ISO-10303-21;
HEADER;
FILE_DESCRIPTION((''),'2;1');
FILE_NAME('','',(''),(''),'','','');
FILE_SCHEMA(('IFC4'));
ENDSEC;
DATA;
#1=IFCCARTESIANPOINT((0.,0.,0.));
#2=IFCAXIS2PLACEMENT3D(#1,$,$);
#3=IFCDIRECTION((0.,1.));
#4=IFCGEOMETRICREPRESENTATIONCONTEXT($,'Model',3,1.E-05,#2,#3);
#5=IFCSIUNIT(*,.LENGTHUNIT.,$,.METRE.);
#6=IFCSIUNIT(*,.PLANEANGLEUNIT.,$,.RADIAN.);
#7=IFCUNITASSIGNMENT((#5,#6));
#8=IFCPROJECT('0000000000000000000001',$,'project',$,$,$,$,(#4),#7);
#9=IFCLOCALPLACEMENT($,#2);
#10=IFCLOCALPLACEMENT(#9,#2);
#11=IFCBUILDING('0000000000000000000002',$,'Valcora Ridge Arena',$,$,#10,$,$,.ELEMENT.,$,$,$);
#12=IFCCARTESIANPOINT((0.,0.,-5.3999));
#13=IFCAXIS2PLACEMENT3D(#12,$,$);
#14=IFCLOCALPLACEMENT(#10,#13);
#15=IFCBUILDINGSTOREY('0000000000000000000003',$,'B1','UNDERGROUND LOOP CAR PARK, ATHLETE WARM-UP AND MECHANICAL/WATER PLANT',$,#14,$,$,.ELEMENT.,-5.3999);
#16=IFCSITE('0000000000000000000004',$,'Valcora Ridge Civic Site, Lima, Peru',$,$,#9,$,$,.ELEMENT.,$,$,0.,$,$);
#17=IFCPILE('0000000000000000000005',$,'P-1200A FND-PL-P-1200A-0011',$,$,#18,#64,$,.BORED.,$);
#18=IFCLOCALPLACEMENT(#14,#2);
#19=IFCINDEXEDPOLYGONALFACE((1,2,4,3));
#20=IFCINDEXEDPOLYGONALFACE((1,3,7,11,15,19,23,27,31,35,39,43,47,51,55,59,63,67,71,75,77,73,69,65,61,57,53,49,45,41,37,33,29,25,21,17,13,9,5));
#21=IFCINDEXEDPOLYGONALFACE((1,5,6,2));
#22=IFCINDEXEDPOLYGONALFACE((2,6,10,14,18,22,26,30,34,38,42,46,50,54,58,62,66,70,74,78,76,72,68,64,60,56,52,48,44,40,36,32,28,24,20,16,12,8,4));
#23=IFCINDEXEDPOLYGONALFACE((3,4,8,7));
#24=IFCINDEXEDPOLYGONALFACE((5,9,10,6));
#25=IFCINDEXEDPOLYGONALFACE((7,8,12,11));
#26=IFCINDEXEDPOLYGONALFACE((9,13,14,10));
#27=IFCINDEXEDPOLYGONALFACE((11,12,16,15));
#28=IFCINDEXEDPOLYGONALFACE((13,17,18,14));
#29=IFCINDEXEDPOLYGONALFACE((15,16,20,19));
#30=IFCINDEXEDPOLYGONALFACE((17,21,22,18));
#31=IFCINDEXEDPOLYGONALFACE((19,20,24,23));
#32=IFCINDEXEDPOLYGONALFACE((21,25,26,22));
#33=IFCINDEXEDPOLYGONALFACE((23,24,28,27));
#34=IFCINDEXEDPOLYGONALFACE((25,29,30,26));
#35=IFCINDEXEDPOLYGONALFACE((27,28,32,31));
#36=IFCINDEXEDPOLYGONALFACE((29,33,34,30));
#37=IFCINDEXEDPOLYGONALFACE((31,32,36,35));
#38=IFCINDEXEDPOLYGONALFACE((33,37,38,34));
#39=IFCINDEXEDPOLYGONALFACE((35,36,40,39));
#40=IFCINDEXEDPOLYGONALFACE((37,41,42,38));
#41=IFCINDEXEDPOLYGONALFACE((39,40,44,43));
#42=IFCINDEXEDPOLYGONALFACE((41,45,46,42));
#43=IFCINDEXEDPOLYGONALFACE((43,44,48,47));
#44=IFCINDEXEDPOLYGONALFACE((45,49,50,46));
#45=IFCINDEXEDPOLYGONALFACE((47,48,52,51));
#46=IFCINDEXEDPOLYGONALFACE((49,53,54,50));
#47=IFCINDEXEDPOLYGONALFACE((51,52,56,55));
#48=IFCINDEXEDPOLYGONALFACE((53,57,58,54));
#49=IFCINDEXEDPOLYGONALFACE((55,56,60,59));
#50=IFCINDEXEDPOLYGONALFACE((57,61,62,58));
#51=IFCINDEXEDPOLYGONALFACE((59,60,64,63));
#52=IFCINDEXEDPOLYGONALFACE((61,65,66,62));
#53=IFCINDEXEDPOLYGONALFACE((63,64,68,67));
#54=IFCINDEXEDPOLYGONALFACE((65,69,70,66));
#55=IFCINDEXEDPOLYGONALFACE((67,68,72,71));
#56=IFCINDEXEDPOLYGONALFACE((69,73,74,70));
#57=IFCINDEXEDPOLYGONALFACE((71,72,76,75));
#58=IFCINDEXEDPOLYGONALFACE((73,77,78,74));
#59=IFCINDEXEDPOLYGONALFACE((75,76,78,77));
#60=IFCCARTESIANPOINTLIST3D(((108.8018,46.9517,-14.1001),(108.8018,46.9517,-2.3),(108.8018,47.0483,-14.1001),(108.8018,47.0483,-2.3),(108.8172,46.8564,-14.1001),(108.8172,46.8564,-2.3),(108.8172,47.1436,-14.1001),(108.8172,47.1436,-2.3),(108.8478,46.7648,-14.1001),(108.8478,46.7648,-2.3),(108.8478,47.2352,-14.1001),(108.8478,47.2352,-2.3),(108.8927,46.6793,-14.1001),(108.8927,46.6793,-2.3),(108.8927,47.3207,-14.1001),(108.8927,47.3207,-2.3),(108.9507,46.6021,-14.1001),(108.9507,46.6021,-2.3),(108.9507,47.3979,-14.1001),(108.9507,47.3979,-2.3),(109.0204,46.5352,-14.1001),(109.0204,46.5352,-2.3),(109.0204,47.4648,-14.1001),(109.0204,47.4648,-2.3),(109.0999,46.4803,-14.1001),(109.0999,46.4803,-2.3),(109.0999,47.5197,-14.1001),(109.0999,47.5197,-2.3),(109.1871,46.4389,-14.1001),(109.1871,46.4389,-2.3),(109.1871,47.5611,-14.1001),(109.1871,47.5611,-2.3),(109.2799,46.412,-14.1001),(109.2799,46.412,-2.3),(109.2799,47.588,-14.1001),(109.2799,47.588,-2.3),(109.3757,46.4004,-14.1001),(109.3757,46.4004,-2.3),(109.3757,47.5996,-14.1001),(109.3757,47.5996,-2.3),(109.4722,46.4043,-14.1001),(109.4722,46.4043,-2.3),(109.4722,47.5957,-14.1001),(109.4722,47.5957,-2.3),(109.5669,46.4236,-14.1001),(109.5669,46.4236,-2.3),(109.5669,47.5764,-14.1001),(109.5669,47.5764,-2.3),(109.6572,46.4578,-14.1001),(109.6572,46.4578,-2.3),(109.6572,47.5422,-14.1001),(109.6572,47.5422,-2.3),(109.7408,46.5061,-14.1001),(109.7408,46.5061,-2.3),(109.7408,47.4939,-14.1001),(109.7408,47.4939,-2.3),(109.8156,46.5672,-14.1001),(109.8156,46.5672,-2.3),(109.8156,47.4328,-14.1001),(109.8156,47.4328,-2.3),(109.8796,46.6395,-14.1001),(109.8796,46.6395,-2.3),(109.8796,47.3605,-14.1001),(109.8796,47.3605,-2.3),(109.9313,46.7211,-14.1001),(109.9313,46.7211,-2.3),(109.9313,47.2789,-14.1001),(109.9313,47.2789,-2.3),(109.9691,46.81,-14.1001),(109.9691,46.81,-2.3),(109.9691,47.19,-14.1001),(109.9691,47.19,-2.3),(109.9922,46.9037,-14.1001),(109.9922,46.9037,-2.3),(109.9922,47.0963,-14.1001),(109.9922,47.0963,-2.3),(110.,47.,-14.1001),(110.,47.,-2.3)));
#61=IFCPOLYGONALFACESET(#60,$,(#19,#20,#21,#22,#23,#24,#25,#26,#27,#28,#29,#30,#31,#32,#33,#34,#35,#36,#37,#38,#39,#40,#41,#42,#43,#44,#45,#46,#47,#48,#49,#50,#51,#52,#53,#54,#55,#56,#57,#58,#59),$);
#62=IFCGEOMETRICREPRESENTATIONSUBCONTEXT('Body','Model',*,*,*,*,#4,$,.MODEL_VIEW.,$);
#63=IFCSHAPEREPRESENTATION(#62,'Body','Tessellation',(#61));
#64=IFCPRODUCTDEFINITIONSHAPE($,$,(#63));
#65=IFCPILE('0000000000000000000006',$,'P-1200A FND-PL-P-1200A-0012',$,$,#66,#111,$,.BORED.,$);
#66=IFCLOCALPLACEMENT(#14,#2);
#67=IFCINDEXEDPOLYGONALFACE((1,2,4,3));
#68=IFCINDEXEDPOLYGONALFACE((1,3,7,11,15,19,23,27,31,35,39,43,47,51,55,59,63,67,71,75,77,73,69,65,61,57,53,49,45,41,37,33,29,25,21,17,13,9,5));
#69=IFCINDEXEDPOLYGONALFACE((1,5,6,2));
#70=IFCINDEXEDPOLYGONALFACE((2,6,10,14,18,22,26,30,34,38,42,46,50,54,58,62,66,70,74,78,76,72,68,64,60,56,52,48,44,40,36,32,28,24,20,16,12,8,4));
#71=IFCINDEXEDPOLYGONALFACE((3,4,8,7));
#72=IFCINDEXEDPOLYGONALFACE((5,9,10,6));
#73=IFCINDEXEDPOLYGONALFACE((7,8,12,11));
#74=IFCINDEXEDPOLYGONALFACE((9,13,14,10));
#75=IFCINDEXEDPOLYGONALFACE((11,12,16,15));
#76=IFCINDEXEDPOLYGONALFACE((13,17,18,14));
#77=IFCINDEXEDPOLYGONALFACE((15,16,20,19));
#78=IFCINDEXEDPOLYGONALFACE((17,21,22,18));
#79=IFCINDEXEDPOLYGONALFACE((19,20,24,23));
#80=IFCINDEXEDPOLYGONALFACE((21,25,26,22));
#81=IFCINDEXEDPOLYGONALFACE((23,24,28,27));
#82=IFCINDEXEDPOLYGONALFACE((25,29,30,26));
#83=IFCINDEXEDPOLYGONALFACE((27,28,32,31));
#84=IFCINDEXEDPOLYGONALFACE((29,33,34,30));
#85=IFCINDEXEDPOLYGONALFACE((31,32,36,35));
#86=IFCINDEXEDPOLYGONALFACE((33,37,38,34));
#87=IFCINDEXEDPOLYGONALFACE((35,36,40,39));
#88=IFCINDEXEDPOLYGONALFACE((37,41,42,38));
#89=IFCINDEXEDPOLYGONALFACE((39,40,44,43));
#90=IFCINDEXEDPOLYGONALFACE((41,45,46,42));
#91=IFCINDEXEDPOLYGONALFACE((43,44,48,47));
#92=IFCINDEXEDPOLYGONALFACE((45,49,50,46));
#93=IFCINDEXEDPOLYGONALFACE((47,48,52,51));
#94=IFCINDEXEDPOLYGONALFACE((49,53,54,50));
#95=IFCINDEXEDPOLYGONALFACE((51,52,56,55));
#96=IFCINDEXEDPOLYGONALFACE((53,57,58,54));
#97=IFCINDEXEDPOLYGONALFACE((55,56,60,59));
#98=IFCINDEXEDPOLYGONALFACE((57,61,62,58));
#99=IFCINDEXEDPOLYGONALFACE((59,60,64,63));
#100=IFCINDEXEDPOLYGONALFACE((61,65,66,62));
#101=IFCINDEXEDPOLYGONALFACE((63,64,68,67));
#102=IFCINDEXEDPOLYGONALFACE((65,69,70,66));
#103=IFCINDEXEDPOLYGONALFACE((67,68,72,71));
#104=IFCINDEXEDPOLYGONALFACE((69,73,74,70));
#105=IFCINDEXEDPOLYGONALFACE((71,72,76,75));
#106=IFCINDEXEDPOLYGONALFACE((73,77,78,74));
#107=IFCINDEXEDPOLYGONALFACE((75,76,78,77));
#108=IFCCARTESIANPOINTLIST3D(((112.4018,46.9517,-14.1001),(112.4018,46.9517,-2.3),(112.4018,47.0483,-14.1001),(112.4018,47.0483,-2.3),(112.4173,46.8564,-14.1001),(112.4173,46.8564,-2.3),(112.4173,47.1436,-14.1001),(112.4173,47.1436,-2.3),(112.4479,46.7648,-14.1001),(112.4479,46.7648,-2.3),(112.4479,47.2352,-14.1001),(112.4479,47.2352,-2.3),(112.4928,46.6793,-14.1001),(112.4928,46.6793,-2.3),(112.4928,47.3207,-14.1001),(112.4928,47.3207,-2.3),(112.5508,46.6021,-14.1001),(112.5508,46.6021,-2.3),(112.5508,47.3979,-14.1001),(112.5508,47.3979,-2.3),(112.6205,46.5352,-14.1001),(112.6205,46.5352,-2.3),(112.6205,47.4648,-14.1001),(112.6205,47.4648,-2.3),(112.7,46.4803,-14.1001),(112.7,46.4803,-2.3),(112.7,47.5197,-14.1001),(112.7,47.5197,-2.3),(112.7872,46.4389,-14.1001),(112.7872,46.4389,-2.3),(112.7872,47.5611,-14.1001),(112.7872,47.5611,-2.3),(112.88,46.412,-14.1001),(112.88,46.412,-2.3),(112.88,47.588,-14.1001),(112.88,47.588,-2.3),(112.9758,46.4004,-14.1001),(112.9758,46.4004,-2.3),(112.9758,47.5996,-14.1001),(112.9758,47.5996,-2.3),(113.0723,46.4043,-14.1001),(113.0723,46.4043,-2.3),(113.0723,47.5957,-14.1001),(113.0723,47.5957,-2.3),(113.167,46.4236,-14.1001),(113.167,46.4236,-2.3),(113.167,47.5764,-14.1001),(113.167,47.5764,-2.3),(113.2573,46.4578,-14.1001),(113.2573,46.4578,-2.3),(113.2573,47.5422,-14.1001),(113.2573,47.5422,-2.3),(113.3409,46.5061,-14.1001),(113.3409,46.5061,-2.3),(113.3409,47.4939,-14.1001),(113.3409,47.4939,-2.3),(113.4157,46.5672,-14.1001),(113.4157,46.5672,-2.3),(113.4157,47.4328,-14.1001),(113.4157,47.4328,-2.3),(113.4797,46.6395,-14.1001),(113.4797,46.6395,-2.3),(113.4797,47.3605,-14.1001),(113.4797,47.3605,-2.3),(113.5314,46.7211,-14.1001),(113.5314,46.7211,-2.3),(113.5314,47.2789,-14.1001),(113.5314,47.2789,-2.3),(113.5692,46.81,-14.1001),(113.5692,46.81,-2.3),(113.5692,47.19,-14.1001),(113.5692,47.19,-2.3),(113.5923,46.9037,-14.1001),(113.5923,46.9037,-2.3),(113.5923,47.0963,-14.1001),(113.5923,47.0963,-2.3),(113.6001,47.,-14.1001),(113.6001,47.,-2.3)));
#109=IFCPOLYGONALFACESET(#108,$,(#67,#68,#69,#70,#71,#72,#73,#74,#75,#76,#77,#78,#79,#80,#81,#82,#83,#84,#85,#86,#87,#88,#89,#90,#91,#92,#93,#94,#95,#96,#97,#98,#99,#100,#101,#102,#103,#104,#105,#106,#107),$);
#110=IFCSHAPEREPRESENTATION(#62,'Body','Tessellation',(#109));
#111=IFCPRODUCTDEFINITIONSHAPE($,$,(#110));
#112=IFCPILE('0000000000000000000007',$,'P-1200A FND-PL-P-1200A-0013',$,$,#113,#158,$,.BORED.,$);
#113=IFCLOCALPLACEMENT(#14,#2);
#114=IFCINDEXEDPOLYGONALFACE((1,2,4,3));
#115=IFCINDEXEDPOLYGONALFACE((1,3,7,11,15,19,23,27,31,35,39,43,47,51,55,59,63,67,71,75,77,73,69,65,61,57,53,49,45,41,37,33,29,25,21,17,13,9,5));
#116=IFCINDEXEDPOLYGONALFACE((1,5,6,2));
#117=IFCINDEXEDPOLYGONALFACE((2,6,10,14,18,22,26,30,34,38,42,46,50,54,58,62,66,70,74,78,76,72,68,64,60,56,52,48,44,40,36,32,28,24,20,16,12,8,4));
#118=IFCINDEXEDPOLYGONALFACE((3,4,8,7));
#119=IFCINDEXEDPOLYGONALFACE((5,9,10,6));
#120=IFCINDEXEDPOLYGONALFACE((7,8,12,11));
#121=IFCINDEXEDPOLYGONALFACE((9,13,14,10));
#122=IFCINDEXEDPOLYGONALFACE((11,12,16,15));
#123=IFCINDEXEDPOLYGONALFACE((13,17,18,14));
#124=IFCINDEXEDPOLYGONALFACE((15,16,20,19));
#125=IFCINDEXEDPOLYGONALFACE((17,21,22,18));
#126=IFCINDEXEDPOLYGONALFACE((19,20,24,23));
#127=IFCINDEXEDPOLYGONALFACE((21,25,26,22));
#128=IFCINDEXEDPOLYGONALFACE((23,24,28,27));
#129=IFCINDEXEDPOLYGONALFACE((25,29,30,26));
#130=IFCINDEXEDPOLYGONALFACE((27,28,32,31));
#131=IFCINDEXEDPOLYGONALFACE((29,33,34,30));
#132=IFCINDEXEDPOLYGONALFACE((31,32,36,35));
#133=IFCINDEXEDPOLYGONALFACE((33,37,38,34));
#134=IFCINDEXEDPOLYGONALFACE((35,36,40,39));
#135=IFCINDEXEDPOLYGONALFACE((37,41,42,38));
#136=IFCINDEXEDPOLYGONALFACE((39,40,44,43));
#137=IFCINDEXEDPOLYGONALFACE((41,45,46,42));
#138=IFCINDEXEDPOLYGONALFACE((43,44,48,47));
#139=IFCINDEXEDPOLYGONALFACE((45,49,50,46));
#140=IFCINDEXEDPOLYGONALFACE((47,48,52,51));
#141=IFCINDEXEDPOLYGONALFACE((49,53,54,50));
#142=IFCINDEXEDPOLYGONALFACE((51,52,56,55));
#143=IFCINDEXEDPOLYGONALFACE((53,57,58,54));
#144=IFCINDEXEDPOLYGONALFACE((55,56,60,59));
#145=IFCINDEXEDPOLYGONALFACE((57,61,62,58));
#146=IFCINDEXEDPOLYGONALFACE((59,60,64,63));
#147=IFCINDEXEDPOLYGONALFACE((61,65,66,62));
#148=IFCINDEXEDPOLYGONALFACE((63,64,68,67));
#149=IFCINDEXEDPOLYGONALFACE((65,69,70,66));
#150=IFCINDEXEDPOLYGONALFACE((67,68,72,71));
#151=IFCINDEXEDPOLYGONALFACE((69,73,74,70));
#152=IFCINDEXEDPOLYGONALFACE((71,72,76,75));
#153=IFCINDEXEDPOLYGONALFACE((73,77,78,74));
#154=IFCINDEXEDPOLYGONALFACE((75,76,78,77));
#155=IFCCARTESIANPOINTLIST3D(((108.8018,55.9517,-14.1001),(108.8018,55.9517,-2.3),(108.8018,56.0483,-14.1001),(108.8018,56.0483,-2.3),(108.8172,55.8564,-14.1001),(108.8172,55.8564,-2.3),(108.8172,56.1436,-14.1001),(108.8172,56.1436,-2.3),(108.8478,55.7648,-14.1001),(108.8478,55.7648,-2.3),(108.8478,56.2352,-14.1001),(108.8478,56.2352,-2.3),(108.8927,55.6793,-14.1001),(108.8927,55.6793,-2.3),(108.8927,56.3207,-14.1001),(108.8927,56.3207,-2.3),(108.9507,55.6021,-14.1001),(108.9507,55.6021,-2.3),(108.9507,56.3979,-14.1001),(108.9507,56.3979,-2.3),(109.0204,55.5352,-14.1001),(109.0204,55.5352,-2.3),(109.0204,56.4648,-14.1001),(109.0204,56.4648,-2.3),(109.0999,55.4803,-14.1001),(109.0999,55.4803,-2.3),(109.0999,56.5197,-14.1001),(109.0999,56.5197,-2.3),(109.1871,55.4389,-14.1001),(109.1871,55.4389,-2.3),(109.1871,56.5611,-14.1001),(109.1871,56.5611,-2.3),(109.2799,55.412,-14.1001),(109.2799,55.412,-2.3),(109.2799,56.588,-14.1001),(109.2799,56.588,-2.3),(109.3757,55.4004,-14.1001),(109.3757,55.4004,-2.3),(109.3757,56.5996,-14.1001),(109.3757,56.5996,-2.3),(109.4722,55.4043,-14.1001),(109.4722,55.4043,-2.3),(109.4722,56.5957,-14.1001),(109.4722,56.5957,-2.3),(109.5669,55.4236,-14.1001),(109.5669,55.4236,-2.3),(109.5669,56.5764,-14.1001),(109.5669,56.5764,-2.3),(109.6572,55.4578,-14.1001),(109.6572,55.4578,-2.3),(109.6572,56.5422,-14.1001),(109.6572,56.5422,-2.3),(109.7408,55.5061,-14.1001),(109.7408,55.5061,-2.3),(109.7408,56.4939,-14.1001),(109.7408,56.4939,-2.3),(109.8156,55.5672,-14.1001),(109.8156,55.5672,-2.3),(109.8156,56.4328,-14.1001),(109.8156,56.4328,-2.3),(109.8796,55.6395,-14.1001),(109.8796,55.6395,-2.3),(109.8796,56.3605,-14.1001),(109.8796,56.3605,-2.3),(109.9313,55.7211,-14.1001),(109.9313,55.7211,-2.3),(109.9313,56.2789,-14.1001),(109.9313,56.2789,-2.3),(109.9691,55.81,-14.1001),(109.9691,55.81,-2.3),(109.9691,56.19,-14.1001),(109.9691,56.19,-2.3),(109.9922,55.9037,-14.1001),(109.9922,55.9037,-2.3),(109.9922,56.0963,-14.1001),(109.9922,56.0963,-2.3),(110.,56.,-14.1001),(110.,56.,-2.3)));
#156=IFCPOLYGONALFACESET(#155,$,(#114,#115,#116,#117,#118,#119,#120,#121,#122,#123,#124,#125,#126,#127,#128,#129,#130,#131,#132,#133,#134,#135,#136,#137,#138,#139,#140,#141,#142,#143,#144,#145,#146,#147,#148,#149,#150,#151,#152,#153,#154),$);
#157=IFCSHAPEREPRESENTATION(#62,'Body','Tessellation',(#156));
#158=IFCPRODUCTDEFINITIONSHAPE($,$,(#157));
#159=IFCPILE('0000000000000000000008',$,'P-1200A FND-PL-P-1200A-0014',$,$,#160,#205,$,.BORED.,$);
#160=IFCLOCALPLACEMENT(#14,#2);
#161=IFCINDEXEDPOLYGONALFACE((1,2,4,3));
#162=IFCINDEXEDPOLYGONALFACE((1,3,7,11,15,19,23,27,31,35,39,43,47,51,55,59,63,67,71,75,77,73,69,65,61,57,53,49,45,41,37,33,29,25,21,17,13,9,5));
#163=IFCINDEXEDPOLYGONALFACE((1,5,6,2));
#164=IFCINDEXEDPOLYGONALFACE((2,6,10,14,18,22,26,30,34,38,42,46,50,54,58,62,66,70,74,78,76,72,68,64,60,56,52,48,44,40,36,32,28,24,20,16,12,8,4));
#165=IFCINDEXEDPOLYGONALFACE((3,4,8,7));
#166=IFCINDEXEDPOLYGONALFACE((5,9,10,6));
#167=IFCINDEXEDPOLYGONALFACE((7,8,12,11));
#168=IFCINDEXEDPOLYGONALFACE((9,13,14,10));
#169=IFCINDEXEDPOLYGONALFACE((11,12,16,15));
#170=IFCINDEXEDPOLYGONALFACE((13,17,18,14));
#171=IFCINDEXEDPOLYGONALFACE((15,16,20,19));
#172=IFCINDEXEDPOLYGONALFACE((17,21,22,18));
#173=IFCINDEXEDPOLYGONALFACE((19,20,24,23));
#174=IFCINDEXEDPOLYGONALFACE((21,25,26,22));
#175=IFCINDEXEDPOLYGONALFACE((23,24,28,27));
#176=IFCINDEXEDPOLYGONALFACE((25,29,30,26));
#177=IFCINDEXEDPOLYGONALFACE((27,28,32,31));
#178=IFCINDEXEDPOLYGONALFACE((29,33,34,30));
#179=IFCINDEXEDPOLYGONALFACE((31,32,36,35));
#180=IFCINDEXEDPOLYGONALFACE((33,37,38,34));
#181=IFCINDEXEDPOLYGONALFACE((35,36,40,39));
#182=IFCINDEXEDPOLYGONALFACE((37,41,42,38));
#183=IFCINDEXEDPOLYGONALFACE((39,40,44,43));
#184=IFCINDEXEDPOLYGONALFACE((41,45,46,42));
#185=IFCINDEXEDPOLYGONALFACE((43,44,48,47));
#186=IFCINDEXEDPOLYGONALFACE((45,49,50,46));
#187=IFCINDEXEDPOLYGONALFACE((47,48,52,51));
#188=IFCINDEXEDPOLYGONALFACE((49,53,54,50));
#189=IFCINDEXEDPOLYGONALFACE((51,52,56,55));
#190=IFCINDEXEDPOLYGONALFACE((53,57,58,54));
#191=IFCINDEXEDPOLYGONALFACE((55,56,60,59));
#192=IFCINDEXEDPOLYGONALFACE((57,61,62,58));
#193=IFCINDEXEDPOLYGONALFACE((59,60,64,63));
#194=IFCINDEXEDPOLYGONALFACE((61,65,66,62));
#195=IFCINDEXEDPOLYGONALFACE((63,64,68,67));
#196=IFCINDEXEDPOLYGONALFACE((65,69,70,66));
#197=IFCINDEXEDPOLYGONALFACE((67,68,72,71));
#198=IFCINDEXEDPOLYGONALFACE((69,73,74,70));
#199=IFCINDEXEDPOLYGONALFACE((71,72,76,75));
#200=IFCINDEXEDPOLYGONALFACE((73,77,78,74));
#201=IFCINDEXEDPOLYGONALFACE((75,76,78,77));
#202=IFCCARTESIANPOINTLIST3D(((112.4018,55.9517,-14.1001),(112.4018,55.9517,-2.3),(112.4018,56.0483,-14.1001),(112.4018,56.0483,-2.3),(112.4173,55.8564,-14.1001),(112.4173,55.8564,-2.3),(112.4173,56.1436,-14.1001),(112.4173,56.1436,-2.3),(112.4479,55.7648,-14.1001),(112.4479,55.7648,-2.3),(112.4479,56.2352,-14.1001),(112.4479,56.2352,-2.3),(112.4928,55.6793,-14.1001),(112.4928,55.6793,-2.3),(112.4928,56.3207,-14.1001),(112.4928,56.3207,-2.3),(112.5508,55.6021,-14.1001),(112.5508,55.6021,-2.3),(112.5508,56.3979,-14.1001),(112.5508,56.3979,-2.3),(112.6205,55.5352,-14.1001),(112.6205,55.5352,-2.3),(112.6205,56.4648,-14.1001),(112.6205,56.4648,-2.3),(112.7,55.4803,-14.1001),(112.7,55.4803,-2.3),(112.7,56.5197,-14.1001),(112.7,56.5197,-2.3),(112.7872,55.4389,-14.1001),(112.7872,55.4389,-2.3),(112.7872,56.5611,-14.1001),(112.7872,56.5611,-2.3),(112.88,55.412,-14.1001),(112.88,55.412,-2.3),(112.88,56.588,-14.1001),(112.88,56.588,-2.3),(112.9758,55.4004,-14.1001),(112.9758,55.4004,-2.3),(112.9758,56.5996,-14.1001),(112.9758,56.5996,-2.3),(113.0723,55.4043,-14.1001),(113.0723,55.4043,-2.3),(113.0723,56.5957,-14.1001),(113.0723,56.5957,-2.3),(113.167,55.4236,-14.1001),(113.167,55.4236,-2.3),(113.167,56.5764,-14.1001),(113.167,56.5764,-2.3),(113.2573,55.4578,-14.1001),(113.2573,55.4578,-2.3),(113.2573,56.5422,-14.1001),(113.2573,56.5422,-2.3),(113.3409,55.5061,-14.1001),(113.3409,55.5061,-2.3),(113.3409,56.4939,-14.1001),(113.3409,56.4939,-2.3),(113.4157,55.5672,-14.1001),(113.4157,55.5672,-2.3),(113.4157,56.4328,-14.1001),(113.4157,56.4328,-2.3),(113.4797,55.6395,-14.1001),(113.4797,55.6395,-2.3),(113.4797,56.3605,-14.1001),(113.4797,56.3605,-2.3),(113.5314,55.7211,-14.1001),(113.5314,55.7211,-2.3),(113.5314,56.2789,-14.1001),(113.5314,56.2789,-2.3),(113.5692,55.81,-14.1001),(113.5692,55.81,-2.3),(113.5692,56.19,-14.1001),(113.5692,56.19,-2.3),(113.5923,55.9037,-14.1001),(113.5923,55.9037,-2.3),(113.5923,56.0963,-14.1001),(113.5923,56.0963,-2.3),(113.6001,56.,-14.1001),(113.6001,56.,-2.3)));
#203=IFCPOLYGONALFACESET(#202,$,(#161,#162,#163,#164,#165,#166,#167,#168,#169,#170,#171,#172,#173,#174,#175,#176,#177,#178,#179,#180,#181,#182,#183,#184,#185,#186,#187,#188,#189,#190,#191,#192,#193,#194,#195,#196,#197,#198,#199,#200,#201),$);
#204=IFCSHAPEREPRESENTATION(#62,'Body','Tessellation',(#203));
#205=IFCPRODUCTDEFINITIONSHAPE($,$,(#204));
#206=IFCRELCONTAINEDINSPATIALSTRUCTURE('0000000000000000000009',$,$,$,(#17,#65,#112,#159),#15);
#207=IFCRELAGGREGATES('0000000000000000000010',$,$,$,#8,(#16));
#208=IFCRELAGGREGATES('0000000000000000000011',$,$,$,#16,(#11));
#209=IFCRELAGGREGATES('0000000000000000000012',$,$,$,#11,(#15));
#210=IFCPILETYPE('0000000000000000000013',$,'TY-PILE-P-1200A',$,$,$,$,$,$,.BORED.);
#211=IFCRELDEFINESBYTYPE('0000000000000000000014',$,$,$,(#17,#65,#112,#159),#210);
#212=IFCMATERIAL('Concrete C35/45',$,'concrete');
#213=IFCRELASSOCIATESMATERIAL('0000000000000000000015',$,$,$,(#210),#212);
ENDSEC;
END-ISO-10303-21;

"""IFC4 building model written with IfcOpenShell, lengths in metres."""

from ifc_helpers import new_model, si_unit, direction, frame, origin, origin_2d, place, context, subcontext, project, spatial, circle, extrude, material, material_profile, profile_set, type_object, element, save


model = new_model("IFC4")

# Units and contexts
model_context = context("Model", 3, precision=1e-05, world=origin(), true_north=direction((0.0, 1.0)))
body_context = subcontext(model_context, "Body", "Model", "MODEL_VIEW")
ifc_project = project(units=[si_unit("LENGTHUNIT", "METRE"), si_unit("PLANEANGLEUNIT", "RADIAN")], contexts=[model_context])

# Site, building, storey
site_placement = place(None, origin())
site = spatial("IfcSite", under=ifc_project, at=site_placement, Name="Valcora Ridge Civic Site, Lima, Peru", CompositionType="ELEMENT", RefElevation=0.0)
building_placement = place(site_placement, origin())
building = spatial("IfcBuilding", under=site, at=building_placement, Name="Valcora Ridge Arena", CompositionType="ELEMENT")
storey_placement = place(building_placement, frame((0.0, 0.0, -5.3999)))
storey = spatial("IfcBuildingStorey", under=building, at=storey_placement, Name="B1", Description="UNDERGROUND LOOP CAR PARK, ATHLETE WARM-UP AND MECHANICAL/WATER PLANT", CompositionType="ELEMENT", Elevation=-5.3999)

# Piles
ifc_material_1 = material(Name="Concrete C35/45", Category="concrete")
ifc_material_profile_1 = material_profile(ifc_material_1, circle(Radius=0.6001, at=origin_2d()), Name="BORED PILE D1200")
ifc_profile_set_1 = profile_set([ifc_material_profile_1], Name="Concrete C35/45")
pile_type = type_object("IfcPileType", Name="TY-PILE-P-1200A", PredefinedType="BORED", material=ifc_profile_set_1)
for number, where, z_axis, x_axis, name in (
    (1, (109.3999, 47.0, -2.3), (0.0, 0.0, -1.0), (1.0, 0.0, 0.0), "P-1200A FND-PL-P-1200A-0011"),
    (2, (113.0, 47.0, -2.3), (0.0, 0.0, -1.0), (1.0, 0.0, 0.0), "P-1200A FND-PL-P-1200A-0012"),
    (3, (109.3999, 56.0, -2.3), (0.0, 0.0, -1.0), (1.0, 0.0, 0.0), "P-1200A FND-PL-P-1200A-0013"),
    (4, (113.0, 56.0, -2.3), (0.0, 0.0, -1.0), (1.0, 0.0, 0.0), "P-1200A FND-PL-P-1200A-0014"),
):
    element("IfcPile", number, at=place(storey_placement, frame(where, z_axis=z_axis, x_axis=x_axis)), inside=storey, type_object=pile_type, Name=name, PredefinedType="BORED", context=body_context, shape_type="SweptSolid", body=[
        extrude(circle(Radius=0.6001, at=origin_2d()), origin(), (0.0, 0.0, 1.0), 11.8),
    ])

save(model, "model.ifc")
